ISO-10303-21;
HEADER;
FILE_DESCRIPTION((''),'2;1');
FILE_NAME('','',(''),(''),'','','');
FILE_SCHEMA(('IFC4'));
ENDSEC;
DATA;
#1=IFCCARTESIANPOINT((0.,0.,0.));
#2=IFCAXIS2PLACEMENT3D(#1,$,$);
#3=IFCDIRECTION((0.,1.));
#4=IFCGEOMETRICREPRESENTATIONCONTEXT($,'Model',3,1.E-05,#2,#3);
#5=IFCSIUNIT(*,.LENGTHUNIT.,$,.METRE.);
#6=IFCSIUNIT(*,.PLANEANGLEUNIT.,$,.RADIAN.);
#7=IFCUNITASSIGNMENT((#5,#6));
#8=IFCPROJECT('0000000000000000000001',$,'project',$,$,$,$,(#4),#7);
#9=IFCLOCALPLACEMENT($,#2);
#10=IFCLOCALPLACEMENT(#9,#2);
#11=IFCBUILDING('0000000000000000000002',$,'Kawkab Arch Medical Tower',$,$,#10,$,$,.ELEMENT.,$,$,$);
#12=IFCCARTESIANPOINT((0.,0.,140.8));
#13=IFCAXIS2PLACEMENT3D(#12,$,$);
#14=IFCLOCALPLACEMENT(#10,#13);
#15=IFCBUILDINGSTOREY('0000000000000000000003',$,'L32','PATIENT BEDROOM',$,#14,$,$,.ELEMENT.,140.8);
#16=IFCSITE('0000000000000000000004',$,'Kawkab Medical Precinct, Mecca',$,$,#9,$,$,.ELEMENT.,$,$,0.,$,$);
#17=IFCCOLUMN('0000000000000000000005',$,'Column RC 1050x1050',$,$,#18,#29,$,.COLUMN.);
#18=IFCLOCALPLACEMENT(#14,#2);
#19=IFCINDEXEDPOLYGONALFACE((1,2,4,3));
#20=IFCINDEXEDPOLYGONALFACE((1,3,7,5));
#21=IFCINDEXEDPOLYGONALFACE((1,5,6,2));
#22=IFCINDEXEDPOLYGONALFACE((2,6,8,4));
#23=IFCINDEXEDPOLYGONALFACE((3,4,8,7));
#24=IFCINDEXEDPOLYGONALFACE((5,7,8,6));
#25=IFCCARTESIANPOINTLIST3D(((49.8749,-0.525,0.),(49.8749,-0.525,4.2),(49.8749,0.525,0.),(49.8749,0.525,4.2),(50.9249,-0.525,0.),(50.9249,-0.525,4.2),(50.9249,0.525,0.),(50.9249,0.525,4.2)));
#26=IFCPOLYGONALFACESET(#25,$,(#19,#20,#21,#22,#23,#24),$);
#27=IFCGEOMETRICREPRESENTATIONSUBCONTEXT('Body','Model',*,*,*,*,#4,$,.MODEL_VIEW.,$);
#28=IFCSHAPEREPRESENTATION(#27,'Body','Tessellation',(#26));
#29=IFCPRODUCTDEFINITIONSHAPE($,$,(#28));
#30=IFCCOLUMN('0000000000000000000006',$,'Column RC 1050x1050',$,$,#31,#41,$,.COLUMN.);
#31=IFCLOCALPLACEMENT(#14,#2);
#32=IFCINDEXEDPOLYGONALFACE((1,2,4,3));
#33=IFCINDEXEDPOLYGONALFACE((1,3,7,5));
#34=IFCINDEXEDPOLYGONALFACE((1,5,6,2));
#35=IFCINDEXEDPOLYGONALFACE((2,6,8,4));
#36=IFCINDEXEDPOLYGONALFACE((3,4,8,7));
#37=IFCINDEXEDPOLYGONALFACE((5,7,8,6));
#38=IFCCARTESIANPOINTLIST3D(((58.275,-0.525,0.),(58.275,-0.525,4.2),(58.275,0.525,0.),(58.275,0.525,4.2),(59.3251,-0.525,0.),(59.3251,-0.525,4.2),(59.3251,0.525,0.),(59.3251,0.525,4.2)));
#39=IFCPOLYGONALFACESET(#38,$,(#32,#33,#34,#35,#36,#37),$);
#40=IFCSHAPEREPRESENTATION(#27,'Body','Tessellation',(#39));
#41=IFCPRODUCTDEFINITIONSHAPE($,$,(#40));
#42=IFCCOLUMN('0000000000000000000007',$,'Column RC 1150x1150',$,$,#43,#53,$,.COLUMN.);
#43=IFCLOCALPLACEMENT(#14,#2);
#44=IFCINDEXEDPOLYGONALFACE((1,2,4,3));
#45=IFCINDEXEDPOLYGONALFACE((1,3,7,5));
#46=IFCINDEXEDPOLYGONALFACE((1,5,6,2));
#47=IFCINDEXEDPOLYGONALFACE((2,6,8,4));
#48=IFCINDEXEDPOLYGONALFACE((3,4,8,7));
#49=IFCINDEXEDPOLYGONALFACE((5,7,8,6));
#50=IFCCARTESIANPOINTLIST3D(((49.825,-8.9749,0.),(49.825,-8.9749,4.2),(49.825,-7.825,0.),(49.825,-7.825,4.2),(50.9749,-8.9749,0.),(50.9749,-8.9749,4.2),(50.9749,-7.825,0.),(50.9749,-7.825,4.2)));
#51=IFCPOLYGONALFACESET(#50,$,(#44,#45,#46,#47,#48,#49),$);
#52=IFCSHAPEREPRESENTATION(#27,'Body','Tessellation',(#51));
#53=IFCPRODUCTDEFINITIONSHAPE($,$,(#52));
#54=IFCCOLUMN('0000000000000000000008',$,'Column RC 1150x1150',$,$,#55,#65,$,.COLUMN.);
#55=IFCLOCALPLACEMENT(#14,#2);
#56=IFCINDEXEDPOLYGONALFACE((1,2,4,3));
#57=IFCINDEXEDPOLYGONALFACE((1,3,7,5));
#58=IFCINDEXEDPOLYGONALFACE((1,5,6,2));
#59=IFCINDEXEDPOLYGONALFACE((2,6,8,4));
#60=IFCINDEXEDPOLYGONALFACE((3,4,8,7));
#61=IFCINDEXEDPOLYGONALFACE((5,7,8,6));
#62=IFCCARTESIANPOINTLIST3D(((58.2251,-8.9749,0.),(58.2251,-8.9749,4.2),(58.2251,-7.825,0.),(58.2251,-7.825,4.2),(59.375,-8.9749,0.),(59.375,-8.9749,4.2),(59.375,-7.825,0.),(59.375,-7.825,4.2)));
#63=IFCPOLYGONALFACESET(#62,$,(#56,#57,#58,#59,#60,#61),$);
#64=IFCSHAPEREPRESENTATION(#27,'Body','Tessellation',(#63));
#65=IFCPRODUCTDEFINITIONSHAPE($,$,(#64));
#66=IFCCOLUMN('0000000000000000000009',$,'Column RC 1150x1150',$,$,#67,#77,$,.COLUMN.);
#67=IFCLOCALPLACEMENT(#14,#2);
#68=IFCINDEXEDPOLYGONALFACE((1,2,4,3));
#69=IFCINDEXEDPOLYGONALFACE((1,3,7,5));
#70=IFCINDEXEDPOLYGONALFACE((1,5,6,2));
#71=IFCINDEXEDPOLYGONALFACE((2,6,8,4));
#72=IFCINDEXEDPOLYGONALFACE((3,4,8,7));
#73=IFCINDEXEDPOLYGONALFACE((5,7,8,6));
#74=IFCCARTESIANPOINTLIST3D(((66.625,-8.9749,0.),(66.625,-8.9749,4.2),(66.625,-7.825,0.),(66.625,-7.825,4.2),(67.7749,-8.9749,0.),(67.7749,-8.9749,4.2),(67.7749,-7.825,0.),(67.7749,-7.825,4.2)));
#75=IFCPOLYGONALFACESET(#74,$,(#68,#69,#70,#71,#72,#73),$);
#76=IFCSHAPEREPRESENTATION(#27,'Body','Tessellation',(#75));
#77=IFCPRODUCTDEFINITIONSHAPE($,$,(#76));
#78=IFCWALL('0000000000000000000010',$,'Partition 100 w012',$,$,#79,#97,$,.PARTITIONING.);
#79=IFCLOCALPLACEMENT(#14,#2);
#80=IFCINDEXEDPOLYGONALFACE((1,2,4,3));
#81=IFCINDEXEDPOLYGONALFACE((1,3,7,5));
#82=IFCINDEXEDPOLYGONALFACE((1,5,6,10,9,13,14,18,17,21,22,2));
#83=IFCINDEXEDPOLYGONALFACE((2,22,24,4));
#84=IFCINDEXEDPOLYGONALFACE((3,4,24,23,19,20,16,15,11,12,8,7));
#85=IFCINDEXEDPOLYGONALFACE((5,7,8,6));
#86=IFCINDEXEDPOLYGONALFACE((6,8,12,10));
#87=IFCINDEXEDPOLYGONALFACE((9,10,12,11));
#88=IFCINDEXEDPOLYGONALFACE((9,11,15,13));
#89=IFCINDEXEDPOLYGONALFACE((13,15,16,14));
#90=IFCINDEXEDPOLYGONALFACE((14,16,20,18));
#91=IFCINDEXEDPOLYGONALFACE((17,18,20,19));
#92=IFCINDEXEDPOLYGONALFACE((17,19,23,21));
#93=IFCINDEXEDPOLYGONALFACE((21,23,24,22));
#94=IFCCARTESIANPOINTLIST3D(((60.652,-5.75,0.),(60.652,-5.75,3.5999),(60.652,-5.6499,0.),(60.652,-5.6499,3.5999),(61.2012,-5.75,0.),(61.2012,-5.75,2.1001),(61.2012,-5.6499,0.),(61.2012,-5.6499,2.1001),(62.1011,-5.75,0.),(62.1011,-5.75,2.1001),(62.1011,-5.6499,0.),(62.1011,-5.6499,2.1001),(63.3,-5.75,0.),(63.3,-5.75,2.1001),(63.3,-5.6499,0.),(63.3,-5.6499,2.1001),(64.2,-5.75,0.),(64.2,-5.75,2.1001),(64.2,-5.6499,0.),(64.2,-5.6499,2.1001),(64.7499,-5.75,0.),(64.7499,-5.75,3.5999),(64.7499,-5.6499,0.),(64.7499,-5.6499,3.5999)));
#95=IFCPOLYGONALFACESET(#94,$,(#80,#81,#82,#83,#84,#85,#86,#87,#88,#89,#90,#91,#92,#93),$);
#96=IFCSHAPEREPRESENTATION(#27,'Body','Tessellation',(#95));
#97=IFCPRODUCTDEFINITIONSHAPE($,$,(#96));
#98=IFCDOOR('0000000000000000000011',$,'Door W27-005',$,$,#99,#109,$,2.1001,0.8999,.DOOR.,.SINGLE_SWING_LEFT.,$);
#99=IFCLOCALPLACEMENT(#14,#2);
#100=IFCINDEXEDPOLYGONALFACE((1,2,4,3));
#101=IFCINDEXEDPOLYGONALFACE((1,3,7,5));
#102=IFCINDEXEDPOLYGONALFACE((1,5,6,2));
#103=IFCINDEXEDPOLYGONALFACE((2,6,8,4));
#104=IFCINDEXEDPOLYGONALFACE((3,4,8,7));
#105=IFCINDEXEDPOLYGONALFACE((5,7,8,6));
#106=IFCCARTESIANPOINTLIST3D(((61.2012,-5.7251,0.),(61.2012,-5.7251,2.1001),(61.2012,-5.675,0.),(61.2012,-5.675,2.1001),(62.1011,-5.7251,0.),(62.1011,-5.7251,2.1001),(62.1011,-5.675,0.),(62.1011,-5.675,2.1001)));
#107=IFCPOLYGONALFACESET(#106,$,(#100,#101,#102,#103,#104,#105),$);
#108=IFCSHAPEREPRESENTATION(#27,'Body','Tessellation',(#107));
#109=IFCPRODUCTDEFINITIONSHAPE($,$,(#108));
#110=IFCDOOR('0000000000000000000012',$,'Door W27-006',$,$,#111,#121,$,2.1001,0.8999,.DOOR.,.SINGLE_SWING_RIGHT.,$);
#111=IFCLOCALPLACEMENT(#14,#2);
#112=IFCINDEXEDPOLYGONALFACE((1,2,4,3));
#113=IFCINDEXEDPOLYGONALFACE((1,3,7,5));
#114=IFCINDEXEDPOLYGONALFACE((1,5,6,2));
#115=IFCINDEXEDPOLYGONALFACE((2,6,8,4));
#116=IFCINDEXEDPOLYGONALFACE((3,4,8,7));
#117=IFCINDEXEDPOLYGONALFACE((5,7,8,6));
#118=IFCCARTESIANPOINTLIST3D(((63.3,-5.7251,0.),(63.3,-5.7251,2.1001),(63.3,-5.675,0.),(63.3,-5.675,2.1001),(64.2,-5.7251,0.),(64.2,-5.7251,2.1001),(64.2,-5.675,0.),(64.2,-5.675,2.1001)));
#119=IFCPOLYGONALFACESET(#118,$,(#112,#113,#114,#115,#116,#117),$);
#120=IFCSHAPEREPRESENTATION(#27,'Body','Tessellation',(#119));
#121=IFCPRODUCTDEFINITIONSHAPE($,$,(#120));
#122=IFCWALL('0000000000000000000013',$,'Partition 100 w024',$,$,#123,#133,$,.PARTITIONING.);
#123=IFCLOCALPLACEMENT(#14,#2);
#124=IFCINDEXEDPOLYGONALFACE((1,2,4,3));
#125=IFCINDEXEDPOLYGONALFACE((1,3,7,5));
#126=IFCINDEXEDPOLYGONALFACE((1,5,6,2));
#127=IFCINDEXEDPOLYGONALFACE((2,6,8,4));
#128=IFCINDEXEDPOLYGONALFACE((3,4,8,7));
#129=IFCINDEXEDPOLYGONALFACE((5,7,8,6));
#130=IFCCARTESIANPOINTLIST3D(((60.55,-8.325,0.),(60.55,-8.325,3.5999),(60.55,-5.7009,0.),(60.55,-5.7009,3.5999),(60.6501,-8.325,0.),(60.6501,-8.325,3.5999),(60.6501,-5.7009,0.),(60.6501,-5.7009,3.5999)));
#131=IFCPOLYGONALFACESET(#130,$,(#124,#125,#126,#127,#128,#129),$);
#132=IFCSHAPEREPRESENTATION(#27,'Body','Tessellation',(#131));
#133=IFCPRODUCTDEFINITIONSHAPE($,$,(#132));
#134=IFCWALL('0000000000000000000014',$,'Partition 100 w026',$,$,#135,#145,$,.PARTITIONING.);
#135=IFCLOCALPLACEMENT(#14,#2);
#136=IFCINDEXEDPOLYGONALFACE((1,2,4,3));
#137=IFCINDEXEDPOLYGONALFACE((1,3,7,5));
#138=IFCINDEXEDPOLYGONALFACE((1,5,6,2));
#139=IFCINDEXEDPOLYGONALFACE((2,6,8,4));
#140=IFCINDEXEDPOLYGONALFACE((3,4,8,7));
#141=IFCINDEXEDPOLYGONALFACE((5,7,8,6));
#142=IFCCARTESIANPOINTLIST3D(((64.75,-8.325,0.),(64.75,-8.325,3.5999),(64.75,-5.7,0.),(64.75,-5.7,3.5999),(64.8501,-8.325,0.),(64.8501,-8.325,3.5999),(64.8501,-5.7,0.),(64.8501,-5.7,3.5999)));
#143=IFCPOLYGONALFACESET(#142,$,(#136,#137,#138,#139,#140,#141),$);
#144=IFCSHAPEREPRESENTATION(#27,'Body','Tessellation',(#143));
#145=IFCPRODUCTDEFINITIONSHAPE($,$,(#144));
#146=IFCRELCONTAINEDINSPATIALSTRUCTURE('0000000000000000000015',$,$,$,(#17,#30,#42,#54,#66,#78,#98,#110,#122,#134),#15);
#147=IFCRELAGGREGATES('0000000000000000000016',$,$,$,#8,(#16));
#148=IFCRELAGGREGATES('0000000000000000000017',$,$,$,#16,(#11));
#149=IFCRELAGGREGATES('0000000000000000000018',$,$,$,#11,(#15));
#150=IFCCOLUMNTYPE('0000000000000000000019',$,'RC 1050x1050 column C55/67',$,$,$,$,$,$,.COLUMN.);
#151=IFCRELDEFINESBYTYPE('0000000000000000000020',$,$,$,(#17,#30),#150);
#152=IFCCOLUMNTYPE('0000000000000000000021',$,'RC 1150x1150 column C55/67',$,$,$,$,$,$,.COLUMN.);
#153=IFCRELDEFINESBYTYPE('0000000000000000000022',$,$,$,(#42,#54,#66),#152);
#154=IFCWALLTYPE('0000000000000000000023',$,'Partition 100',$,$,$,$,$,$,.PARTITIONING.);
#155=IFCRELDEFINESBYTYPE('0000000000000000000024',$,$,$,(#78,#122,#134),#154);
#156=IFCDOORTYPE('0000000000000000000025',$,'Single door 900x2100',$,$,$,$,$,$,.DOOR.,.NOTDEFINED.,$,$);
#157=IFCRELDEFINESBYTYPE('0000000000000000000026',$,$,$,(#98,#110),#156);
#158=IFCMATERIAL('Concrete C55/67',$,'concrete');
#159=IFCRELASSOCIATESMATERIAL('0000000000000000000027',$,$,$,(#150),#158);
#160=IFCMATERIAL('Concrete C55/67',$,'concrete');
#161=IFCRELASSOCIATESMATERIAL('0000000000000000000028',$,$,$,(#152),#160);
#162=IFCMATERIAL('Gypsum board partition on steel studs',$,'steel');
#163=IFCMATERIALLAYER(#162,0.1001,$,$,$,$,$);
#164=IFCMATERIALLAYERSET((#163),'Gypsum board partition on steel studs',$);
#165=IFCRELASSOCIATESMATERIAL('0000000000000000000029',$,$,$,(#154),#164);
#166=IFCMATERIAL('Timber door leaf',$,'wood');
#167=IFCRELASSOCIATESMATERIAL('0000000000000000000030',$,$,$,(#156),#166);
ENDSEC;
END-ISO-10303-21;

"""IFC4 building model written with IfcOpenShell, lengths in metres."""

from ifc_helpers import new_model, si_unit, direction, frame, frame_2d, origin, origin_2d, place, context, subcontext, project, spatial, rectangle, extrude, material, layer, layer_set, material_profile, profile_set, type_object, element, fill, save


model = new_model("IFC4")

# Units and contexts
model_context = context("Model", 3, precision=1e-05, world=origin(), true_north=direction((0.0, 1.0)))
body_context = subcontext(model_context, "Body", "Model", "MODEL_VIEW")
ifc_project = project(units=[si_unit("LENGTHUNIT", "METRE"), si_unit("PLANEANGLEUNIT", "RADIAN")], contexts=[model_context])

# Site, building, storey
site_placement = place(None, origin())
site = spatial("IfcSite", under=ifc_project, at=site_placement, Name="Kawkab Medical Precinct, Mecca", CompositionType="ELEMENT", RefElevation=0.0)
building_placement = place(site_placement, origin())
building = spatial("IfcBuilding", under=site, at=building_placement, Name="Kawkab Arch Medical Tower", CompositionType="ELEMENT")
storey_placement = place(building_placement, frame((0.0, 0.0, 140.8)))
storey = spatial("IfcBuildingStorey", under=building, at=storey_placement, Name="L32", Description="PATIENT BEDROOM", CompositionType="ELEMENT", Elevation=140.8)

# Columns
ifc_material_1 = material(Name="Concrete C55/67", Category="concrete")
ifc_material_profile_1 = material_profile(ifc_material_1, rectangle(XDim=1.05, YDim=1.05, at=origin_2d()), Name="RC 1050x1050")
ifc_profile_set_1 = profile_set([ifc_material_profile_1], Name="Concrete C55/67")
column_type_1 = type_object("IfcColumnType", Name="RC 1050x1050 column C55/67", PredefinedType="COLUMN", material=ifc_profile_set_1)
for number, where, z_axis, x_axis, name in (
    (1, (50.3999, 0.0, 0.0), (0.0, 0.0, 1.0), (1.0, 0.0, 0.0), "Column RC 1050x1050"),
    (2, (58.8, 0.0, 0.0), (0.0, 0.0, 1.0), (1.0, 0.0, 0.0), "Column RC 1050x1050"),
):
    element("IfcColumn", number, at=place(storey_placement, frame(where, z_axis=z_axis, x_axis=x_axis)), inside=storey, type_object=column_type_1, Name=name, PredefinedType="COLUMN", context=body_context, shape_type="SweptSolid", body=[
        extrude(rectangle(XDim=1.05, YDim=1.05, at=origin_2d()), origin(), (0.0, 0.0, 1.0), 4.2),
    ])
ifc_material_2 = material(Name="Concrete C55/67", Category="concrete")
ifc_material_profile_2 = material_profile(ifc_material_2, rectangle(XDim=1.1499, YDim=1.1499, at=origin_2d()), Name="RC 1150x1150")
ifc_profile_set_2 = profile_set([ifc_material_profile_2], Name="Concrete C55/67")
column_type_2 = type_object("IfcColumnType", Name="RC 1150x1150 column C55/67", PredefinedType="COLUMN", material=ifc_profile_set_2)
for number, where, z_axis, x_axis, name in (
    (3, (50.3999, -8.3999, 0.0), (0.0, 0.0, 1.0), (1.0, 0.0, 0.0), "Column RC 1150x1150"),
    (4, (58.8, -8.3999, 0.0), (0.0, 0.0, 1.0), (1.0, 0.0, 0.0), "Column RC 1150x1150"),
    (5, (67.2, -8.3999, 0.0), (0.0, 0.0, 1.0), (1.0, 0.0, 0.0), "Column RC 1150x1150"),
):
    element("IfcColumn", number, at=place(storey_placement, frame(where, z_axis=z_axis, x_axis=x_axis)), inside=storey, type_object=column_type_2, Name=name, PredefinedType="COLUMN", context=body_context, shape_type="SweptSolid", body=[
        extrude(rectangle(XDim=1.1499, YDim=1.1499, at=origin_2d()), origin(), (0.0, 0.0, 1.0), 4.2),
    ])

# Wall, openings, doors
ifc_material_3 = material(Name="Gypsum board partition on steel studs", Category="steel")
ifc_layer_1 = layer(ifc_material_3, 0.1001)
ifc_layer_set_1 = layer_set([ifc_layer_1], Name="Gypsum board partition on steel studs")
wall_type_1 = type_object("IfcWallType", Name="Partition 100", PredefinedType="PARTITIONING", material=ifc_layer_set_1)
wall_1_placement = place(storey_placement, frame((60.6521, -5.7, 0.0), z_axis=(0.0, 0.0, 1.0), x_axis=(1.0, 0.0, 0.0)))
wall_1 = element("IfcWall", 6, at=wall_1_placement, inside=storey, type_object=wall_type_1, Name="Partition 100 w012", PredefinedType="PARTITIONING", context=body_context, shape_type="SweptSolid", body=[
    extrude(rectangle(XDim=4.0979, YDim=0.1001, at=frame_2d((2.0488, 0.0))), origin(), (0.0, 0.0, 1.0), 3.5999),
])
opening_1_placement = place(wall_1_placement, frame((0.5491, 0.0, 0.0)))
opening_1 = element("IfcOpeningElement", 7, at=opening_1_placement, cuts=wall_1, PredefinedType="OPENING", context=body_context, shape_type="SweptSolid", body=[
    extrude(rectangle(XDim=0.8999, YDim=2.1001, at=frame_2d((0.45, 1.05))), frame((0.0, 0.0601, 0.0), z_axis=(0.0, -1.0, 0.0), x_axis=(1.0, 0.0, 0.0)), (0.0, 0.0, 1.0), 0.1201),
])
opening_2_placement = place(wall_1_placement, frame((2.6479, 0.0, 0.0)))
opening_2 = element("IfcOpeningElement", 8, at=opening_2_placement, cuts=wall_1, PredefinedType="OPENING", context=body_context, shape_type="SweptSolid", body=[
    extrude(rectangle(XDim=0.8999, YDim=2.1001, at=frame_2d((0.45, 1.05))), frame((0.0, 0.0601, 0.0), z_axis=(0.0, -1.0, 0.0), x_axis=(1.0, 0.0, 0.0)), (0.0, 0.0, 1.0), 0.1201),
])
ifc_material_4 = material(Name="Timber door leaf", Category="wood")
door_type_1 = type_object("IfcDoorType", Name="Single door 900x2100", OperationType="NOTDEFINED", PredefinedType="DOOR", material=ifc_material_4)
door_1_placement = place(opening_1_placement, origin())
door_1 = element("IfcDoor", 9, at=door_1_placement, inside=storey, type_object=door_type_1, Name="Door W27-005", OperationType="SINGLE_SWING_LEFT", OverallHeight=2.1001, OverallWidth=0.8999, PredefinedType="DOOR", context=body_context, shape_type="SweptSolid", body=[
    extrude(rectangle(XDim=0.8999, YDim=2.1001, at=frame_2d((0.45, 1.05))), frame((0.0, 0.0249, 0.0), z_axis=(0.0, -1.0, 0.0), x_axis=(1.0, 0.0, 0.0)), (0.0, 0.0, 1.0), 0.05),
])
fill(opening_1, door_1)
door_2_placement = place(opening_2_placement, origin())
door_2 = element("IfcDoor", 10, at=door_2_placement, inside=storey, type_object=door_type_1, Name="Door W27-006", OperationType="SINGLE_SWING_RIGHT", OverallHeight=2.1001, OverallWidth=0.8999, PredefinedType="DOOR", context=body_context, shape_type="SweptSolid", body=[
    extrude(rectangle(XDim=0.8999, YDim=2.1001, at=frame_2d((0.45, 1.05))), frame((0.0, 0.0249, 0.0), z_axis=(0.0, -1.0, 0.0), x_axis=(1.0, 0.0, 0.0)), (0.0, 0.0, 1.0), 0.05),
])
fill(opening_2, door_2)

# Walls
wall_2_placement = place(storey_placement, frame((60.6001, -8.325, 0.0), z_axis=(0.0, 0.0, 1.0), x_axis=(0.0, 1.0, 0.0)))
element("IfcWall", 11, at=wall_2_placement, inside=storey, type_object=wall_type_1, Name="Partition 100 w024", PredefinedType="PARTITIONING", context=body_context, shape_type="SweptSolid", body=[
    extrude(rectangle(XDim=2.624, YDim=0.1001, at=frame_2d((1.312, 0.0))), origin(), (0.0, 0.0, 1.0), 3.5999),
])
wall_3_placement = place(storey_placement, frame((64.8, -8.325, 0.0), z_axis=(0.0, 0.0, 1.0), x_axis=(0.0, 1.0, 0.0)))
element("IfcWall", 12, at=wall_3_placement, inside=storey, type_object=wall_type_1, Name="Partition 100 w026", PredefinedType="PARTITIONING", context=body_context, shape_type="SweptSolid", body=[
    extrude(rectangle(XDim=2.625, YDim=0.1001, at=frame_2d((1.3125, 0.0))), origin(), (0.0, 0.0, 1.0), 3.5999),
])

save(model, "model.ifc")
